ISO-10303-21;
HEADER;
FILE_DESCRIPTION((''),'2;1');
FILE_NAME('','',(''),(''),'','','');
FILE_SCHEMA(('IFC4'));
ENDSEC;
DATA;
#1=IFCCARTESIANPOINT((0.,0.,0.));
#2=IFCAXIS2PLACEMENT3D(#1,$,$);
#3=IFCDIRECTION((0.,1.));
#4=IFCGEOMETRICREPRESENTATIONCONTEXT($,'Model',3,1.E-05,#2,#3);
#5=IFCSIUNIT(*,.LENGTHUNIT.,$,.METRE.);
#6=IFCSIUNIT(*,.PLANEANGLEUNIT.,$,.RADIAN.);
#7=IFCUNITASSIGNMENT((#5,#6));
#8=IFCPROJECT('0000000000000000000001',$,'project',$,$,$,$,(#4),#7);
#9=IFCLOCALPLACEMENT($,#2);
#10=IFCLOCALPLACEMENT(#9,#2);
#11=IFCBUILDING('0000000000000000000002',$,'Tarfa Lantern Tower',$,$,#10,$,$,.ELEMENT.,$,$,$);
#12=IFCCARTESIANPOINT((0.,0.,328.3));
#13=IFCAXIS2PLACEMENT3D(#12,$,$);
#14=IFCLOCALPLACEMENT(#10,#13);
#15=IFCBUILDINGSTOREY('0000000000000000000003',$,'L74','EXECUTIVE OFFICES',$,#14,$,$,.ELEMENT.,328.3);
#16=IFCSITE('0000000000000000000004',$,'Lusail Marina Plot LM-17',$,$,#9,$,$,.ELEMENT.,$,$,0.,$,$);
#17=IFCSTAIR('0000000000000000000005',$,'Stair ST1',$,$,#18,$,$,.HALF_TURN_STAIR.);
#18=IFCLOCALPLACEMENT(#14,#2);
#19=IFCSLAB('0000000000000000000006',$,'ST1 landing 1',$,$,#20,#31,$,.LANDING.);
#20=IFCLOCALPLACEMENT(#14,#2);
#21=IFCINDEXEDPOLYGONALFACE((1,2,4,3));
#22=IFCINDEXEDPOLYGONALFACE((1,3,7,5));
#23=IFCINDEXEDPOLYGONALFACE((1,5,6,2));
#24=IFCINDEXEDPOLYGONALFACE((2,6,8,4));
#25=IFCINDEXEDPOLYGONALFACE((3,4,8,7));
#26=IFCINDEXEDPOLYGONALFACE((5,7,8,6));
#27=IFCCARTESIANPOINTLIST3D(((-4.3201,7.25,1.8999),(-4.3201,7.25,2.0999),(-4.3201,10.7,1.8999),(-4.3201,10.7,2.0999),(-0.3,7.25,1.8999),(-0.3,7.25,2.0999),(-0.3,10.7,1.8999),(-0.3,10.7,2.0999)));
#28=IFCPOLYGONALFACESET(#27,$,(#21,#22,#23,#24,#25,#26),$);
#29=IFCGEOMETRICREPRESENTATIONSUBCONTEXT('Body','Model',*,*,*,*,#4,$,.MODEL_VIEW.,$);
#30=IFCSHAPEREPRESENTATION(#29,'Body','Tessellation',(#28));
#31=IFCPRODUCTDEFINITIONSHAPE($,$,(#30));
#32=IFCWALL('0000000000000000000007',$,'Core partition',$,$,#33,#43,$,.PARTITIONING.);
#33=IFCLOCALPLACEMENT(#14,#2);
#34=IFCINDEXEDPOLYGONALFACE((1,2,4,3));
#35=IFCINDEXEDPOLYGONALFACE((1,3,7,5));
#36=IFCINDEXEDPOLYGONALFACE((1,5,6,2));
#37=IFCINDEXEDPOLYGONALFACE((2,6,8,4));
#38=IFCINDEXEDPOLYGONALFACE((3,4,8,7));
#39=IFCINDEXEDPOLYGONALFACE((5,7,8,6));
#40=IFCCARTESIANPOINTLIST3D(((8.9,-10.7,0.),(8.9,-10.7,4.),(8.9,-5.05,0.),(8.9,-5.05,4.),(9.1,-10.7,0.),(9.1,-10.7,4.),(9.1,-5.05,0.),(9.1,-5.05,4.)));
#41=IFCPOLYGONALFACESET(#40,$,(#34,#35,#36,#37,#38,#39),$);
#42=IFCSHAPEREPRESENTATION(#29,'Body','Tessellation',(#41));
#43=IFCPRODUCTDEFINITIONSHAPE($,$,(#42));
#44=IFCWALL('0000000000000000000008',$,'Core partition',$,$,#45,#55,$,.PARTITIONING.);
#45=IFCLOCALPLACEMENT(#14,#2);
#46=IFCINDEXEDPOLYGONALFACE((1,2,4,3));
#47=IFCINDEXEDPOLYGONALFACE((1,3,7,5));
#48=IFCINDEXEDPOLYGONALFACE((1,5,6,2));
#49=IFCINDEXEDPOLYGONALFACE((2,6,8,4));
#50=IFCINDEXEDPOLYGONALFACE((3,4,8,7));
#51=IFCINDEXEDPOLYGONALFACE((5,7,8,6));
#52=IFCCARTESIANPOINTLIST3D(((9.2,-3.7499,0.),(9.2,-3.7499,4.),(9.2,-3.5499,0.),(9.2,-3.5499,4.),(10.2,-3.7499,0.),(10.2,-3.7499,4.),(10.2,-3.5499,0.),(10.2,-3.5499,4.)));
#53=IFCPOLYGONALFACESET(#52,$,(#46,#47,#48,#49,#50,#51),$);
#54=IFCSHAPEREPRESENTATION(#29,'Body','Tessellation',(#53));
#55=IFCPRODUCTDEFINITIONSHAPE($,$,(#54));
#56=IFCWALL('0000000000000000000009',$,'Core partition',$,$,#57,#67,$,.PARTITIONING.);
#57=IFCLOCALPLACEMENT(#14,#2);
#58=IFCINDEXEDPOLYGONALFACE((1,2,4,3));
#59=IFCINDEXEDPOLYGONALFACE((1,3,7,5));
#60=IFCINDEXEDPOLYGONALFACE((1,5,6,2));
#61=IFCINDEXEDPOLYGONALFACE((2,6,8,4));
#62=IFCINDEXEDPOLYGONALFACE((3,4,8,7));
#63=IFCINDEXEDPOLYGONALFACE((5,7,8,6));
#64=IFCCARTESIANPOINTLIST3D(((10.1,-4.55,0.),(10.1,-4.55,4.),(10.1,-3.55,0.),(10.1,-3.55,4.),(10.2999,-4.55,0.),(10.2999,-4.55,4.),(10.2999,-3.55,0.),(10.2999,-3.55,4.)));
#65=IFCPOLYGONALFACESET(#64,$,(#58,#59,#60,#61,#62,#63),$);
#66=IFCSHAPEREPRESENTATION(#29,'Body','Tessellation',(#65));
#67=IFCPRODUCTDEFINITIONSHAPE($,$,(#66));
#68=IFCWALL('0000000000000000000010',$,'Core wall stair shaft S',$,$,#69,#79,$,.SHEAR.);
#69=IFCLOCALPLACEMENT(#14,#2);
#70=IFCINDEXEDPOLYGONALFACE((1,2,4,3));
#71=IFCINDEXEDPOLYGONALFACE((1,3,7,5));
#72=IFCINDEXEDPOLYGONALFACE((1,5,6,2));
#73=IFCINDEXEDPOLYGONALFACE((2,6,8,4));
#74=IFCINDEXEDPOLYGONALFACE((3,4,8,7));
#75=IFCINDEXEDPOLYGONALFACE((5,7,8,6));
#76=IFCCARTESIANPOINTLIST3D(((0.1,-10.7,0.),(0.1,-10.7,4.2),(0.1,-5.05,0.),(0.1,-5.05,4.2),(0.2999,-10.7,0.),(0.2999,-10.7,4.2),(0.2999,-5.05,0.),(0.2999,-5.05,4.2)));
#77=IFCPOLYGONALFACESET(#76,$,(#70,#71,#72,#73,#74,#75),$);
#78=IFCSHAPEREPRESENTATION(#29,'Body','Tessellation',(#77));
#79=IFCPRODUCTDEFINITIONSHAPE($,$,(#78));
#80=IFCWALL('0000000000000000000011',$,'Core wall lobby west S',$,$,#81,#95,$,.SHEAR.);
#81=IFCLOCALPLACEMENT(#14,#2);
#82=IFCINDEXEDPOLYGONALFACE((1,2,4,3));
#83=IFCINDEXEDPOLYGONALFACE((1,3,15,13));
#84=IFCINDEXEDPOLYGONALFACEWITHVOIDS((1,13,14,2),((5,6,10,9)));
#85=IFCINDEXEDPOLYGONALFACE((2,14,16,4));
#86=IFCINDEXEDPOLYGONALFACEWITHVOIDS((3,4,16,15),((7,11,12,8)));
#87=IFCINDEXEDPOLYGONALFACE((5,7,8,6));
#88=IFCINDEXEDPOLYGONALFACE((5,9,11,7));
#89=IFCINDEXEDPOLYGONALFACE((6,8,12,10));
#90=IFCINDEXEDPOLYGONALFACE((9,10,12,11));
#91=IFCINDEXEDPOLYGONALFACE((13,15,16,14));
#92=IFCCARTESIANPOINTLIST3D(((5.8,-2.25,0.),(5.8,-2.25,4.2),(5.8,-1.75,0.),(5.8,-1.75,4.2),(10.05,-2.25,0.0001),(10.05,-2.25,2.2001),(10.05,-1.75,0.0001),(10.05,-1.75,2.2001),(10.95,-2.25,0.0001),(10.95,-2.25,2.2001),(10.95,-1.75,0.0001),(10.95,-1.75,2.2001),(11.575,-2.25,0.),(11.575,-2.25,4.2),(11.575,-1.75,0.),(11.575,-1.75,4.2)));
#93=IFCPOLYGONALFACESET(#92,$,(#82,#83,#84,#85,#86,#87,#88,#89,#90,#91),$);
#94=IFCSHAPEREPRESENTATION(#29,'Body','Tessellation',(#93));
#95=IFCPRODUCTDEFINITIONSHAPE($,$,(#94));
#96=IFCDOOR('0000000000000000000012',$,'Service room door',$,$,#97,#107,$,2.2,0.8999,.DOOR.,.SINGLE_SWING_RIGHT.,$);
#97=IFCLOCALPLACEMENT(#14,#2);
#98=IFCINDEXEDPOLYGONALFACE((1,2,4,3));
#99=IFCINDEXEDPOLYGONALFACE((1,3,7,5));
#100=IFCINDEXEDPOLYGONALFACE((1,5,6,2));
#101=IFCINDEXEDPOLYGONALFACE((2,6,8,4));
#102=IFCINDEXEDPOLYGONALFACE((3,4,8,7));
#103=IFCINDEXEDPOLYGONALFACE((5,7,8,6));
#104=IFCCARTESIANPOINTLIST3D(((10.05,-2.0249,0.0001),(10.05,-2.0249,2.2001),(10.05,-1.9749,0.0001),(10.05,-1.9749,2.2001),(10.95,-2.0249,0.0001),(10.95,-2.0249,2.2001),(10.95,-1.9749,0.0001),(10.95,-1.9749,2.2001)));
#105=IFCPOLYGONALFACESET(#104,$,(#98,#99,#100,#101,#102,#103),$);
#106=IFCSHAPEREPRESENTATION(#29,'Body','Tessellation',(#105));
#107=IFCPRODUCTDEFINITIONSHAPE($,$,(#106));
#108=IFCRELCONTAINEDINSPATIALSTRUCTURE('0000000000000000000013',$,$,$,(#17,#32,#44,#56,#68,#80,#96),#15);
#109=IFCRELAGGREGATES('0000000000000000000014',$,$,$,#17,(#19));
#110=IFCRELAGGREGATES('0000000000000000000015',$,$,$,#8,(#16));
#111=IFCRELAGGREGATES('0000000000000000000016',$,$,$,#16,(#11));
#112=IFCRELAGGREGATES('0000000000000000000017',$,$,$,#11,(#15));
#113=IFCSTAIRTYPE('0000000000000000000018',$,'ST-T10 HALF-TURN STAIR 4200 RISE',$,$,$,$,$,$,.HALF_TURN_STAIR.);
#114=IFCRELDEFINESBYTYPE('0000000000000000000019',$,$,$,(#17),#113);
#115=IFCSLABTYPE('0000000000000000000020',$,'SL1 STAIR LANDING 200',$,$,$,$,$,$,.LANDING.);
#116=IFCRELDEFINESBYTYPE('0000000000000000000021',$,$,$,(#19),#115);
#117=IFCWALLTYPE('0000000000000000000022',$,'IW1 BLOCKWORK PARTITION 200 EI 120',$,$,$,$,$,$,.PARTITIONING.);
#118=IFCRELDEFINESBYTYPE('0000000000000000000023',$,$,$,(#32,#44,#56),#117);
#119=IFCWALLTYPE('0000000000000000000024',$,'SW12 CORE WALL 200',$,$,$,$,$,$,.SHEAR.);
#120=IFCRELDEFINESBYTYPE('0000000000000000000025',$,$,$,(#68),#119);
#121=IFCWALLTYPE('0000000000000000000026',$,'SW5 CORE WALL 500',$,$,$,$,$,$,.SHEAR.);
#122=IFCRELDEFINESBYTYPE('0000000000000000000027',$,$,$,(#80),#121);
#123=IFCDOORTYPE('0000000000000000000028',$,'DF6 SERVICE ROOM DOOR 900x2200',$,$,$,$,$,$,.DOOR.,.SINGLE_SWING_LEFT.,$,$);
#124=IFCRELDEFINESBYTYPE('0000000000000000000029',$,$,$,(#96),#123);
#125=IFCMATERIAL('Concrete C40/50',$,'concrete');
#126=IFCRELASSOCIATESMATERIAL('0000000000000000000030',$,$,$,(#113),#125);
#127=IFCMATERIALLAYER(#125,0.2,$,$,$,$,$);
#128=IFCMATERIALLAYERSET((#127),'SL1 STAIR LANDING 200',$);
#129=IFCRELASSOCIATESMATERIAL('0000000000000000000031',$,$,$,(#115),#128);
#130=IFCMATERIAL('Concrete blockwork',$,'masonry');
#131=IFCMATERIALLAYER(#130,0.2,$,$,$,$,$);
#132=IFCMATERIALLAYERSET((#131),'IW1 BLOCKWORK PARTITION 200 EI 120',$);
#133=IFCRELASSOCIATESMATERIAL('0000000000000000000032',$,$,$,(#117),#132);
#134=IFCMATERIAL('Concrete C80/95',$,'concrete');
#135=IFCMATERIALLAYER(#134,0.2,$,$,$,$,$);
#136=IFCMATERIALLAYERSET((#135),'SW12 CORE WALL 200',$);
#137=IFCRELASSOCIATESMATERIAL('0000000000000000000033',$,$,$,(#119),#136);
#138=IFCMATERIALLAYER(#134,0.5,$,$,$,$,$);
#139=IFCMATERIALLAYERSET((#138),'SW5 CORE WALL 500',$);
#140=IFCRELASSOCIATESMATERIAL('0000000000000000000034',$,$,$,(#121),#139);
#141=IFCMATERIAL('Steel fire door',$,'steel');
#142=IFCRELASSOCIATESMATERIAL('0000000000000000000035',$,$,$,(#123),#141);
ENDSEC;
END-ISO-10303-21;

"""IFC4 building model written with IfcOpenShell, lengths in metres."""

from ifc_helpers import new_model, si_unit, direction, frame, frame_2d, origin, place, context, subcontext, project, spatial, polyline, rectangle, outline, extrude, material, layer, layer_set, type_object, element, fill, aggregate, save


model = new_model("IFC4")

# Units and contexts
model_context = context("Model", 3, precision=1e-05, world=origin(), true_north=direction((0.0, 1.0)))
body_context = subcontext(model_context, "Body", "Model", "MODEL_VIEW")
ifc_project = project(units=[si_unit("LENGTHUNIT", "METRE"), si_unit("PLANEANGLEUNIT", "RADIAN")], contexts=[model_context])

# Site, building, storey
site_placement = place(None, origin())
site = spatial("IfcSite", under=ifc_project, at=site_placement, Name="Lusail Marina Plot LM-17", CompositionType="ELEMENT", RefElevation=0.0)
building_placement = place(site_placement, origin())
building = spatial("IfcBuilding", under=site, at=building_placement, Name="Tarfa Lantern Tower", CompositionType="ELEMENT")
storey_placement = place(building_placement, frame((0.0, 0.0, 328.3)))
storey = spatial("IfcBuildingStorey", under=building, at=storey_placement, Name="L74", Description="EXECUTIVE OFFICES", CompositionType="ELEMENT", Elevation=328.3)

# Stair, slab
ifc_material_1 = material(Name="Concrete C40/50", Category="concrete")
stair_type = type_object("IfcStairType", Name="ST-T10 HALF-TURN STAIR 4200 RISE", PredefinedType="HALF_TURN_STAIR", material=ifc_material_1)
stair_placement = place(storey_placement, origin())
stair = element("IfcStair", 1, at=stair_placement, inside=storey, type_object=stair_type, Name="Stair ST1", PredefinedType="HALF_TURN_STAIR")
ifc_layer_1 = layer(ifc_material_1, 0.2)
ifc_layer_set_1 = layer_set([ifc_layer_1], Name="SL1 STAIR LANDING 200")
slab_type = type_object("IfcSlabType", Name="SL1 STAIR LANDING 200", PredefinedType="LANDING", material=ifc_layer_set_1)
slab_placement = place(storey_placement, frame((0.0, 0.0, 1.8999)))
slab = element("IfcSlab", 2, at=slab_placement, type_object=slab_type, Name="ST1 landing 1", PredefinedType="LANDING", context=body_context, shape_type="SweptSolid", body=[
    extrude(outline(polyline([(-4.3201, 7.25), (-0.3, 7.25), (-0.3, 10.7), (-4.3201, 10.7), (-4.3201, 7.25)])), origin(), (0.0, 0.0, 1.0), 0.2),
])
aggregate(stair, [slab])

# Walls
ifc_material_2 = material(Name="Concrete blockwork", Category="masonry")
ifc_layer_2 = layer(ifc_material_2, 0.2)
ifc_layer_set_2 = layer_set([ifc_layer_2], Name="IW1 BLOCKWORK PARTITION 200 EI 120")
wall_type_1 = type_object("IfcWallType", Name="IW1 BLOCKWORK PARTITION 200 EI 120", PredefinedType="PARTITIONING", material=ifc_layer_set_2)
wall_1_placement = place(storey_placement, frame((9.0, -5.05, 0.0), z_axis=(0.0, 0.0, 1.0), x_axis=(0.0, -1.0, 0.0)))
element("IfcWall", 3, at=wall_1_placement, inside=storey, type_object=wall_type_1, Name="Core partition", PredefinedType="PARTITIONING", context=body_context, shape_type="SweptSolid", body=[
    extrude(rectangle(XDim=5.6499, YDim=0.2, at=frame_2d((2.825, 0.0))), origin(), (0.0, 0.0, 1.0), 4.0),
])
for number, where, z_axis, x_axis, name in (
    (4, (10.2, -3.6499, 0.0), (0.0, 0.0, 1.0), (-1.0, 0.0, 0.0), "Core partition"),
    (5, (10.2, -3.55, 0.0), (0.0, 0.0, 1.0), (0.0, -1.0, 0.0), "Core partition"),
):
    element("IfcWall", number, at=place(storey_placement, frame(where, z_axis=z_axis, x_axis=x_axis)), inside=storey, type_object=wall_type_1, Name=name, PredefinedType="PARTITIONING", context=body_context, shape_type="SweptSolid", body=[
        extrude(rectangle(XDim=1.0, YDim=0.2, at=frame_2d((0.5, 0.0))), origin(), (0.0, 0.0, 1.0), 4.0),
    ])
ifc_material_3 = material(Name="Concrete C80/95", Category="concrete")
ifc_layer_3 = layer(ifc_material_3, 0.2)
ifc_layer_set_3 = layer_set([ifc_layer_3], Name="SW12 CORE WALL 200")
wall_type_2 = type_object("IfcWallType", Name="SW12 CORE WALL 200", PredefinedType="SHEAR", material=ifc_layer_set_3)
wall_2_placement = place(storey_placement, frame((0.2, -5.05, 0.0), z_axis=(0.0, 0.0, 1.0), x_axis=(0.0, -1.0, 0.0)))
element("IfcWall", 6, at=wall_2_placement, inside=storey, type_object=wall_type_2, Name="Core wall stair shaft S", PredefinedType="SHEAR", context=body_context, shape_type="SweptSolid", body=[
    extrude(rectangle(XDim=5.6499, YDim=0.2, at=frame_2d((2.825, 0.0))), origin(), (0.0, 0.0, 1.0), 4.2),
])

# Wall, opening, door
ifc_layer_4 = layer(ifc_material_3, 0.5)
ifc_layer_set_4 = layer_set([ifc_layer_4], Name="SW5 CORE WALL 500")
wall_type_3 = type_object("IfcWallType", Name="SW5 CORE WALL 500", PredefinedType="SHEAR", material=ifc_layer_set_4)
wall_3_placement = place(storey_placement, frame((11.575, -2.0, 0.0), z_axis=(0.0, 0.0, 1.0), x_axis=(-1.0, 0.0, 0.0)))
wall_3 = element("IfcWall", 7, at=wall_3_placement, inside=storey, type_object=wall_type_3, Name="Core wall lobby west S", PredefinedType="SHEAR", context=body_context, shape_type="SweptSolid", body=[
    extrude(rectangle(XDim=5.7749, YDim=0.5, at=frame_2d((2.8875, 0.0))), origin(), (0.0, 0.0, 1.0), 4.2),
])
opening_1_placement = place(wall_3_placement, frame((0.625, 0.0, 0.0)))
opening_1 = element("IfcOpeningElement", 8, at=opening_1_placement, cuts=wall_3, PredefinedType="OPENING", context=body_context, shape_type="SweptSolid", body=[
    extrude(rectangle(XDim=0.8999, YDim=2.2, at=frame_2d((0.45, 1.1001))), frame((0.0, 0.26, 0.0), z_axis=(0.0, -1.0, 0.0), x_axis=(1.0, 0.0, 0.0)), (0.0, 0.0, 1.0), 0.52),
])
ifc_material_4 = material(Name="Steel fire door", Category="steel")
door_type_1 = type_object("IfcDoorType", Name="DF6 SERVICE ROOM DOOR 900x2200", OperationType="SINGLE_SWING_LEFT", PredefinedType="DOOR", material=ifc_material_4)
door_1_placement = place(opening_1_placement, origin())
door_1 = element("IfcDoor", 9, at=door_1_placement, inside=storey, type_object=door_type_1, Name="Service room door", OperationType="SINGLE_SWING_RIGHT", OverallHeight=2.2, OverallWidth=0.8999, PredefinedType="DOOR", context=body_context, shape_type="SweptSolid", body=[
    extrude(rectangle(XDim=0.8999, YDim=2.2, at=frame_2d((0.45, 1.1001))), frame((0.0, 0.0249, 0.0), z_axis=(0.0, -1.0, 0.0), x_axis=(1.0, 0.0, 0.0)), (0.0, 0.0, 1.0), 0.05),
])
fill(opening_1, door_1)

save(model, "model.ifc")
